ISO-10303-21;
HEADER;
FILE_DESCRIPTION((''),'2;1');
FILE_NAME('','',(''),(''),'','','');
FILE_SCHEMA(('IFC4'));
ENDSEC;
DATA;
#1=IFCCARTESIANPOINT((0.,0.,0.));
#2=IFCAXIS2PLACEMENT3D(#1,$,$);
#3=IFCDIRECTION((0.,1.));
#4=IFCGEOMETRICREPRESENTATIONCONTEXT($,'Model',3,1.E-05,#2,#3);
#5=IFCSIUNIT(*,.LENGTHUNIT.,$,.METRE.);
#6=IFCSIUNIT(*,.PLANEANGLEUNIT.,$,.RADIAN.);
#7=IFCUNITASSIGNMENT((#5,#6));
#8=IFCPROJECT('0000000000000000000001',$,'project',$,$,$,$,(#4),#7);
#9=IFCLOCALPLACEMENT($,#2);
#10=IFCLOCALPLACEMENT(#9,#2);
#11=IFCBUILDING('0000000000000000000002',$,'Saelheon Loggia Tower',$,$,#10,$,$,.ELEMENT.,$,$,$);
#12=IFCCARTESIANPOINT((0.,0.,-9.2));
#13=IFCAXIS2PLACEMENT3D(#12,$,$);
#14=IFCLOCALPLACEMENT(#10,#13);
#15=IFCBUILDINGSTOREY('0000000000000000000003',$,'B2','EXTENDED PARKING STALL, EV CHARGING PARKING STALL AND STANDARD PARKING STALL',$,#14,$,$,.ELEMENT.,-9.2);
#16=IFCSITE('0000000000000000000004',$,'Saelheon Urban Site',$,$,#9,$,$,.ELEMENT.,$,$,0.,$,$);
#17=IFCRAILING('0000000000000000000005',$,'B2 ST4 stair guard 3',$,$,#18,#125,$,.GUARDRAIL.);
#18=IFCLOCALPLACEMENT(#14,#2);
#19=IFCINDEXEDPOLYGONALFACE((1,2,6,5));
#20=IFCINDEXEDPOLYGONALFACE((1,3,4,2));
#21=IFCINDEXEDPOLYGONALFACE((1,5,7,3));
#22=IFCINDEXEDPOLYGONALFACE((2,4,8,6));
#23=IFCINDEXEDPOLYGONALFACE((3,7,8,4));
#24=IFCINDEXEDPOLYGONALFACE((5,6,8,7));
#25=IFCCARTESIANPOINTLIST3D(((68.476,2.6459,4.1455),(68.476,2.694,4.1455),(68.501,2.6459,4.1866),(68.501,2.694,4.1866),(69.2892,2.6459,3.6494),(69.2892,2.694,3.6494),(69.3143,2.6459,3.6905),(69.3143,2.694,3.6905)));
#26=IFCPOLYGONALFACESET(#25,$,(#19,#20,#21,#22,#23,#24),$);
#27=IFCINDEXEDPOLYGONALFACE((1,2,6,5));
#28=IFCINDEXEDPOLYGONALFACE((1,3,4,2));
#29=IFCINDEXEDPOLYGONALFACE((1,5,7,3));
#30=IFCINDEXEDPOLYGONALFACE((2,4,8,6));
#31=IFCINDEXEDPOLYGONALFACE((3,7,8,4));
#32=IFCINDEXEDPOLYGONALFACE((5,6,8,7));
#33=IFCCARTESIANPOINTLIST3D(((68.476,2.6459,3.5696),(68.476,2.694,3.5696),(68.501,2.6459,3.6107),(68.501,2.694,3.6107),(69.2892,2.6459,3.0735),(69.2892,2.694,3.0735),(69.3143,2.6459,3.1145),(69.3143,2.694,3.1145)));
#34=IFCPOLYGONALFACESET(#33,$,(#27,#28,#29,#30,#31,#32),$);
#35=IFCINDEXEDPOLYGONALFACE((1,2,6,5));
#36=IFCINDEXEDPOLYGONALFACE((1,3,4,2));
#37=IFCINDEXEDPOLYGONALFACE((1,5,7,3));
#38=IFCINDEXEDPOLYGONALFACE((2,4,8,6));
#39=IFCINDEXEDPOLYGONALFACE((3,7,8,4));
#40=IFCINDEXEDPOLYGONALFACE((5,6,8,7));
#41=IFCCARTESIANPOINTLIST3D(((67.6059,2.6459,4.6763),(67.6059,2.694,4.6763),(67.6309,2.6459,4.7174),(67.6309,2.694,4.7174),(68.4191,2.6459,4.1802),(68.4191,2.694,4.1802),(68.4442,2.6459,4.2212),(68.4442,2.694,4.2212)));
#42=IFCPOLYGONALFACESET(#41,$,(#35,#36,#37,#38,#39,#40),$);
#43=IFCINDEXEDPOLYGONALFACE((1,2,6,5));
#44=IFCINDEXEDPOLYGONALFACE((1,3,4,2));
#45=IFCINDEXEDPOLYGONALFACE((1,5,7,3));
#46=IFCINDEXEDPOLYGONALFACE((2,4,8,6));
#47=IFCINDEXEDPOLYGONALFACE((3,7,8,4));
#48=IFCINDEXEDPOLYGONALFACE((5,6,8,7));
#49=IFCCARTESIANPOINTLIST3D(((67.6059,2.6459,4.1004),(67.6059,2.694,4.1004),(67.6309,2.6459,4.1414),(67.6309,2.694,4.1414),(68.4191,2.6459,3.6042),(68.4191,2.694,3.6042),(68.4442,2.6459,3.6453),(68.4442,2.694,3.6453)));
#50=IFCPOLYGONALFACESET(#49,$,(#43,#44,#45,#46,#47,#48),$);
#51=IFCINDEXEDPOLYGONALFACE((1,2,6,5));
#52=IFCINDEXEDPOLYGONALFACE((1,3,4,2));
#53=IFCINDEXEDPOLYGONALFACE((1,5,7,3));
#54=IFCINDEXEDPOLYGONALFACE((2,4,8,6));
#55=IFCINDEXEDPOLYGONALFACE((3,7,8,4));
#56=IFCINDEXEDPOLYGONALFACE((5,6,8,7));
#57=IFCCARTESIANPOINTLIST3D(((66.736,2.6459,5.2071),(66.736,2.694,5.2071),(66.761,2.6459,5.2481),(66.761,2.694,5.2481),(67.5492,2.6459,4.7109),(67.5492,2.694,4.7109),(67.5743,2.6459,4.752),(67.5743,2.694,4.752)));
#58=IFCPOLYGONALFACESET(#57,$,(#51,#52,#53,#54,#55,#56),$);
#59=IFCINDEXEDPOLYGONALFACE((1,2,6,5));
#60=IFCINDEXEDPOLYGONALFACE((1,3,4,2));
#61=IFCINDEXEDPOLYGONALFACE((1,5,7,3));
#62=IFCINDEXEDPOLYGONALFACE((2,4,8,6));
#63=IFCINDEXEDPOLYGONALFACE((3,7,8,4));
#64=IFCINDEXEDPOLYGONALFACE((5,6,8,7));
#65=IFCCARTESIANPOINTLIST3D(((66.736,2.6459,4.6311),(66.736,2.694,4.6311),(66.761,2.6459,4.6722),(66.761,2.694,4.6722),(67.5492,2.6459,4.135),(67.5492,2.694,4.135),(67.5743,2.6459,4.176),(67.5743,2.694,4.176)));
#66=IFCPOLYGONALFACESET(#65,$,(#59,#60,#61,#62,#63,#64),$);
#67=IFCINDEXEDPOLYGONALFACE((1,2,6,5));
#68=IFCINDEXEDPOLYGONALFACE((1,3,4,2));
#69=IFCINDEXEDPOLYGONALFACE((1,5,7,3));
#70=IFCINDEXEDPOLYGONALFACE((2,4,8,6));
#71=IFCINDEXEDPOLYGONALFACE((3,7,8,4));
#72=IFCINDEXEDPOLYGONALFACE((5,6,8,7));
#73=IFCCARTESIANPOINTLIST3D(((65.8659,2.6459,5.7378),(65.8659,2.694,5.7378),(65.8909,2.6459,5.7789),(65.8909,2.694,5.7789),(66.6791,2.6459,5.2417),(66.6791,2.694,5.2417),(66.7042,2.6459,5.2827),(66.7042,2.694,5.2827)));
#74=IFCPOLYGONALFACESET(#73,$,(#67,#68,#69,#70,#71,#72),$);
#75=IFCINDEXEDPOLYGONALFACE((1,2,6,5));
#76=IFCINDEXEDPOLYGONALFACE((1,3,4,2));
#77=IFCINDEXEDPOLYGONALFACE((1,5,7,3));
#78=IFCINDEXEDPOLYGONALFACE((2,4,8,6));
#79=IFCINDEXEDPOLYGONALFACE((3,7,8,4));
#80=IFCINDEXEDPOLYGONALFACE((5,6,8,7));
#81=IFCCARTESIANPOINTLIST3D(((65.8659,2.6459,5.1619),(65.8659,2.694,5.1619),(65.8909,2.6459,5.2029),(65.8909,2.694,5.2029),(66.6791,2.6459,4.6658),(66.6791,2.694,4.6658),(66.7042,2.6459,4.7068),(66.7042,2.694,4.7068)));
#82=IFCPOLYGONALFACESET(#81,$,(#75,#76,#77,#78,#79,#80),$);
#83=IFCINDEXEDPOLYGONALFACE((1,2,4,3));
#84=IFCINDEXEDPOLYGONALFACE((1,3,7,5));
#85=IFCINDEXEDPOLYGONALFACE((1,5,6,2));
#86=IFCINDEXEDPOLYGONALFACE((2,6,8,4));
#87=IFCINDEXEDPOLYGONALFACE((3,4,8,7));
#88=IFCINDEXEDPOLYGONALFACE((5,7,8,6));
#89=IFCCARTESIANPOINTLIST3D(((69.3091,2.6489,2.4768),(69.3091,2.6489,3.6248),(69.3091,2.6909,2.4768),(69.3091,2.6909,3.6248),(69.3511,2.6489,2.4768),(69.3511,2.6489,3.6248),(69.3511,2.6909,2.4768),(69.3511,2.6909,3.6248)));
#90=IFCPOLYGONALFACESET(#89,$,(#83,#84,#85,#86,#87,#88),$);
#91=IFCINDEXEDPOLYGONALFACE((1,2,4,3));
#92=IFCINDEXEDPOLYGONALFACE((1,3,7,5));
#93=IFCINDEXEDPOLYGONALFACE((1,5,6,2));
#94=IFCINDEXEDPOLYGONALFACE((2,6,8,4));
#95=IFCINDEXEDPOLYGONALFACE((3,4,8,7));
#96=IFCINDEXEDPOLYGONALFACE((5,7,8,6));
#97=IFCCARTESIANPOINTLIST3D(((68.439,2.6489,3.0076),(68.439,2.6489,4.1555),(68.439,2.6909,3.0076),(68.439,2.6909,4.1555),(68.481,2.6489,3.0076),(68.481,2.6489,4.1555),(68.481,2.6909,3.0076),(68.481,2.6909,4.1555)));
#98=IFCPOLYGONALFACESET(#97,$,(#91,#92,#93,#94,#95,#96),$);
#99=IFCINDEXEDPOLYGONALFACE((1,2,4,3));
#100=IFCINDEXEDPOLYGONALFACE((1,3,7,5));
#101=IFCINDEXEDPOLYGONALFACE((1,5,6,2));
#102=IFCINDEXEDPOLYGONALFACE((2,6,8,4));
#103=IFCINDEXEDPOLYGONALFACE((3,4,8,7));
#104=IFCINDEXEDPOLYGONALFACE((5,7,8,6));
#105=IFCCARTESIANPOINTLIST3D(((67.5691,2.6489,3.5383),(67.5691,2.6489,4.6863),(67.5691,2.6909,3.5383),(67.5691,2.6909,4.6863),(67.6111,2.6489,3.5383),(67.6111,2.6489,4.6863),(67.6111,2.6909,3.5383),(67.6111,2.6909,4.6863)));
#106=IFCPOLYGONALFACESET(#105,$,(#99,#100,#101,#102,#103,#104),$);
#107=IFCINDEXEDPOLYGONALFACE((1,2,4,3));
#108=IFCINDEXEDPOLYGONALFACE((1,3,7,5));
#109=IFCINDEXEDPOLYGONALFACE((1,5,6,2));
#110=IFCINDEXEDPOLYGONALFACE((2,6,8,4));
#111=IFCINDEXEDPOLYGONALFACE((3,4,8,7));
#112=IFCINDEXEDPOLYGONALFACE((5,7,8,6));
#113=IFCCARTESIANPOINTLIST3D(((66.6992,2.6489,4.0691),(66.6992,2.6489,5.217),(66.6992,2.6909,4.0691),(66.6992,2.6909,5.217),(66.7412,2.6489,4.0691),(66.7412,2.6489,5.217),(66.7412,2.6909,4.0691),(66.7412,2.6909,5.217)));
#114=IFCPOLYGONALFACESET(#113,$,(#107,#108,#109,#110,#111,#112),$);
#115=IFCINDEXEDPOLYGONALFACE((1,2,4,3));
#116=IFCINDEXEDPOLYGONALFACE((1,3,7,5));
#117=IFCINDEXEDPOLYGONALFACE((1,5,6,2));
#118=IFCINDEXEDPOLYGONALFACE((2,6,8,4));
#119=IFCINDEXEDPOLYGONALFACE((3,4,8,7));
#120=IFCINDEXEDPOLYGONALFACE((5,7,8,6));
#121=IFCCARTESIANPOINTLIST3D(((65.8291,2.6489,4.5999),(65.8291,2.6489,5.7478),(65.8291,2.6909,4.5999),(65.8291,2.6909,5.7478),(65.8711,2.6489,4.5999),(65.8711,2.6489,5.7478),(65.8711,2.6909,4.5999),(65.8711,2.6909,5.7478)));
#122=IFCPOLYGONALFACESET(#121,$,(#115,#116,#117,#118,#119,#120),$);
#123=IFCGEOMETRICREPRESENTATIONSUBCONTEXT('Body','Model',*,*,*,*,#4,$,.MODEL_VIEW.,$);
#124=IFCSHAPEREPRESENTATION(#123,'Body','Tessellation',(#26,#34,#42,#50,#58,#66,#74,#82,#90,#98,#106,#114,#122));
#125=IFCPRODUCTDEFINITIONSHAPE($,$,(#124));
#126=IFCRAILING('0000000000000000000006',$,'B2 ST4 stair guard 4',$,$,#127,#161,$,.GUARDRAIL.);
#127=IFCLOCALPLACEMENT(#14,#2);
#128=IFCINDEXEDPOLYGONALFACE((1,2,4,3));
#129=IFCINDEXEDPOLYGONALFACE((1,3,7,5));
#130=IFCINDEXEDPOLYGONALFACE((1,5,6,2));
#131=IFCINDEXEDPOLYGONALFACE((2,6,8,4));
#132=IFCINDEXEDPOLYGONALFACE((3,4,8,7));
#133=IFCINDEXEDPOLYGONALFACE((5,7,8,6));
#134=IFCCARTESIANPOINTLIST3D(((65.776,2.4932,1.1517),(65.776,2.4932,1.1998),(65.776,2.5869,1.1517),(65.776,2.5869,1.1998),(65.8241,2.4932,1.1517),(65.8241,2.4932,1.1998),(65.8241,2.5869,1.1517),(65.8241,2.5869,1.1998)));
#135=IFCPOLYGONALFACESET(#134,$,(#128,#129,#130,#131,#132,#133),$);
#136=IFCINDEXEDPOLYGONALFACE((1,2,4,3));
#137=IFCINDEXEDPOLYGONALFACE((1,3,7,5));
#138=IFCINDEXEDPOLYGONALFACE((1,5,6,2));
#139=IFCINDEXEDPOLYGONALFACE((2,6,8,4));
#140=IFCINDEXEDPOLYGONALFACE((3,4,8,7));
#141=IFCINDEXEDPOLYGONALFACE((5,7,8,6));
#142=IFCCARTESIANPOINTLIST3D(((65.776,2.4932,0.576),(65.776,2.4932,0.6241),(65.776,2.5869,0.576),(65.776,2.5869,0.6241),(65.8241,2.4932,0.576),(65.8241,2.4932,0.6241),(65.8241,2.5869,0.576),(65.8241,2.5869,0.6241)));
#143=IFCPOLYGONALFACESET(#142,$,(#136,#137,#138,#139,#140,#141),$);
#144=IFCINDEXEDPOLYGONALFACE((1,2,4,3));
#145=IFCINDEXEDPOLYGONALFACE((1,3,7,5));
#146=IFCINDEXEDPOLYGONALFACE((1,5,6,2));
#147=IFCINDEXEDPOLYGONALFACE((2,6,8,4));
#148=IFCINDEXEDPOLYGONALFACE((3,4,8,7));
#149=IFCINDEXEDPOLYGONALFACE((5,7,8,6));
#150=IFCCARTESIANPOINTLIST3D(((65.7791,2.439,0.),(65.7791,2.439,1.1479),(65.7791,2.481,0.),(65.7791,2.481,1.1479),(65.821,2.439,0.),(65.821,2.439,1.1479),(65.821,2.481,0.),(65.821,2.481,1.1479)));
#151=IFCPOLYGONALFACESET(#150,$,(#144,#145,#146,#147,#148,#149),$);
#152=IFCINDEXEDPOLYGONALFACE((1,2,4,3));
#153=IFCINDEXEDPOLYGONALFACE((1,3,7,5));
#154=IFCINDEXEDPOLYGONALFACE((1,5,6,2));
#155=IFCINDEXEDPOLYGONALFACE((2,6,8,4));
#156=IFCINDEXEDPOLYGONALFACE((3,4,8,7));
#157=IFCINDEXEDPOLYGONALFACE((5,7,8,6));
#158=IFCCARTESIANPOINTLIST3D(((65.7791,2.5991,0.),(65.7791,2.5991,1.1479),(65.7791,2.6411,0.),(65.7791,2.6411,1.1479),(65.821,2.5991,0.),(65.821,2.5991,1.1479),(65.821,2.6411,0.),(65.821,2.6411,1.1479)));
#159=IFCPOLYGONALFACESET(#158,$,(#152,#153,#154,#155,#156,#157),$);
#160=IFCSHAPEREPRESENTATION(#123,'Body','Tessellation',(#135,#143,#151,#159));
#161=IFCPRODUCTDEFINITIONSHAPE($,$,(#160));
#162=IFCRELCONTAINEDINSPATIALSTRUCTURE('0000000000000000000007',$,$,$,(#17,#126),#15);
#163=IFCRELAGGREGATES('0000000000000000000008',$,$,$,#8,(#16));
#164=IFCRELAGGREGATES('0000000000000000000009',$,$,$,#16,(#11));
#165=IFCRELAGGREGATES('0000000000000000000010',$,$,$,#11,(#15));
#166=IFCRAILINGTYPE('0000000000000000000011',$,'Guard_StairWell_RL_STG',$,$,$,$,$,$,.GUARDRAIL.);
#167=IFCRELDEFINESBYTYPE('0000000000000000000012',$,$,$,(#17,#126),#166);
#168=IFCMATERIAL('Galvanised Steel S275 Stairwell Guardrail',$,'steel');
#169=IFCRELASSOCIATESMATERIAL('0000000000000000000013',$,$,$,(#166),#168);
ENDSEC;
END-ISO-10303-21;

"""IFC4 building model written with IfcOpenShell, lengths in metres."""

from ifc_helpers import new_model, si_unit, direction, frame, origin, origin_2d, place, context, subcontext, project, spatial, rectangle, extrude, material, type_object, element, save


model = new_model("IFC4")

# Units and contexts
model_context = context("Model", 3, precision=1e-05, world=origin(), true_north=direction((0.0, 1.0)))
body_context = subcontext(model_context, "Body", "Model", "MODEL_VIEW")
ifc_project = project(units=[si_unit("LENGTHUNIT", "METRE"), si_unit("PLANEANGLEUNIT", "RADIAN")], contexts=[model_context])

# Site, building, storey
site_placement = place(None, origin())
site = spatial("IfcSite", under=ifc_project, at=site_placement, Name="Saelheon Urban Site", CompositionType="ELEMENT", RefElevation=0.0)
building_placement = place(site_placement, origin())
building = spatial("IfcBuilding", under=site, at=building_placement, Name="Saelheon Loggia Tower", CompositionType="ELEMENT")
storey_placement = place(building_placement, frame((0.0, 0.0, -9.2)))
storey = spatial("IfcBuildingStorey", under=building, at=storey_placement, Name="B2", Description="EXTENDED PARKING STALL, EV CHARGING PARKING STALL AND STANDARD PARKING STALL", CompositionType="ELEMENT", Elevation=-9.2)

# Railings
ifc_material_1 = material(Name="Galvanised Steel S275 Stairwell Guardrail", Category="steel")
railing_type_1 = type_object("IfcRailingType", Name="Guard_StairWell_RL_STG", PredefinedType="GUARDRAIL", material=ifc_material_1)
railing_1_placement = place(storey_placement, frame((69.3301, 2.6699, 2.4768)))
element("IfcRailing", 1, at=railing_1_placement, inside=storey, type_object=railing_type_1, Name="B2 ST4 stair guard 3", PredefinedType="GUARDRAIL", context=body_context, shape_type="SweptSolid", body=[
    extrude(rectangle(XDim=0.0481, YDim=0.0481, at=origin_2d()), frame((-0.0283, 0.0, 1.1931), z_axis=(-0.853675, 0.0, 0.520805), x_axis=(0.0, -1.0, 0.0)), (0.0, 0.0, 1.0), 0.9526),
    extrude(rectangle(XDim=0.0481, YDim=0.0481, at=origin_2d()), frame((-0.0283, 0.0, 0.6172), z_axis=(-0.853675, 0.0, 0.520805), x_axis=(0.0, -1.0, 0.0)), (0.0, 0.0, 1.0), 0.9526),
    extrude(rectangle(XDim=0.0481, YDim=0.0481, at=origin_2d()), frame((-0.8984, 0.0, 1.7239), z_axis=(-0.853675, 0.0, 0.520805), x_axis=(0.0, -1.0, 0.0)), (0.0, 0.0, 1.0), 0.9526),
    extrude(rectangle(XDim=0.0481, YDim=0.0481, at=origin_2d()), frame((-0.8984, 0.0, 1.1479), z_axis=(-0.853675, 0.0, 0.520805), x_axis=(0.0, -1.0, 0.0)), (0.0, 0.0, 1.0), 0.9526),
    extrude(rectangle(XDim=0.0481, YDim=0.0481, at=origin_2d()), frame((-1.7683, 0.0, 2.2546), z_axis=(-0.853675, 0.0, 0.520805), x_axis=(0.0, -1.0, 0.0)), (0.0, 0.0, 1.0), 0.9526),
    extrude(rectangle(XDim=0.0481, YDim=0.0481, at=origin_2d()), frame((-1.7683, 0.0, 1.6787), z_axis=(-0.853675, 0.0, 0.520805), x_axis=(0.0, -1.0, 0.0)), (0.0, 0.0, 1.0), 0.9526),
    extrude(rectangle(XDim=0.0481, YDim=0.0481, at=origin_2d()), frame((-2.6384, 0.0, 2.7854), z_axis=(-0.853675, 0.0, 0.520805), x_axis=(0.0, -1.0, 0.0)), (0.0, 0.0, 1.0), 0.9526),
    extrude(rectangle(XDim=0.0481, YDim=0.0481, at=origin_2d()), frame((-2.6384, 0.0, 2.2095), z_axis=(-0.853675, 0.0, 0.520805), x_axis=(0.0, -1.0, 0.0)), (0.0, 0.0, 1.0), 0.9526),
    extrude(rectangle(XDim=0.042, YDim=0.042, at=origin_2d()), origin(), (0.0, 0.0, 1.0), 1.1479),
    extrude(rectangle(XDim=0.042, YDim=0.042, at=origin_2d()), frame((-0.8701, 0.0, 0.5308)), (0.0, 0.0, 1.0), 1.1479),
    extrude(rectangle(XDim=0.042, YDim=0.042, at=origin_2d()), frame((-1.74, 0.0, 1.0615)), (0.0, 0.0, 1.0), 1.1479),
    extrude(rectangle(XDim=0.042, YDim=0.042, at=origin_2d()), frame((-2.6099, 0.0, 1.5923)), (0.0, 0.0, 1.0), 1.1479),
    extrude(rectangle(XDim=0.042, YDim=0.042, at=origin_2d()), frame((-3.48, 0.0, 2.123)), (0.0, 0.0, 1.0), 1.1479),
])
railing_2_placement = place(storey_placement, frame((65.8, 2.46, 0.0)))
element("IfcRailing", 2, at=railing_2_placement, inside=storey, type_object=railing_type_1, Name="B2 ST4 stair guard 4", PredefinedType="GUARDRAIL", context=body_context, shape_type="SweptSolid", body=[
    extrude(rectangle(XDim=0.0481, YDim=0.0481, at=origin_2d()), frame((0.0, 0.0332, 1.1758), z_axis=(0.0, 1.0, 0.0), x_axis=(-1.0, 0.0, 0.0)), (0.0, 0.0, 1.0), 0.0938),
    extrude(rectangle(XDim=0.0481, YDim=0.0481, at=origin_2d()), frame((0.0, 0.0332, 0.6001), z_axis=(0.0, 1.0, 0.0), x_axis=(-1.0, 0.0, 0.0)), (0.0, 0.0, 1.0), 0.0938),
    extrude(rectangle(XDim=0.042, YDim=0.042, at=origin_2d()), origin(), (0.0, 0.0, 1.0), 1.1479),
    extrude(rectangle(XDim=0.042, YDim=0.042, at=origin_2d()), frame((0.0, 0.1602, 0.0)), (0.0, 0.0, 1.0), 1.1479),
])

save(model, "model.ifc")
